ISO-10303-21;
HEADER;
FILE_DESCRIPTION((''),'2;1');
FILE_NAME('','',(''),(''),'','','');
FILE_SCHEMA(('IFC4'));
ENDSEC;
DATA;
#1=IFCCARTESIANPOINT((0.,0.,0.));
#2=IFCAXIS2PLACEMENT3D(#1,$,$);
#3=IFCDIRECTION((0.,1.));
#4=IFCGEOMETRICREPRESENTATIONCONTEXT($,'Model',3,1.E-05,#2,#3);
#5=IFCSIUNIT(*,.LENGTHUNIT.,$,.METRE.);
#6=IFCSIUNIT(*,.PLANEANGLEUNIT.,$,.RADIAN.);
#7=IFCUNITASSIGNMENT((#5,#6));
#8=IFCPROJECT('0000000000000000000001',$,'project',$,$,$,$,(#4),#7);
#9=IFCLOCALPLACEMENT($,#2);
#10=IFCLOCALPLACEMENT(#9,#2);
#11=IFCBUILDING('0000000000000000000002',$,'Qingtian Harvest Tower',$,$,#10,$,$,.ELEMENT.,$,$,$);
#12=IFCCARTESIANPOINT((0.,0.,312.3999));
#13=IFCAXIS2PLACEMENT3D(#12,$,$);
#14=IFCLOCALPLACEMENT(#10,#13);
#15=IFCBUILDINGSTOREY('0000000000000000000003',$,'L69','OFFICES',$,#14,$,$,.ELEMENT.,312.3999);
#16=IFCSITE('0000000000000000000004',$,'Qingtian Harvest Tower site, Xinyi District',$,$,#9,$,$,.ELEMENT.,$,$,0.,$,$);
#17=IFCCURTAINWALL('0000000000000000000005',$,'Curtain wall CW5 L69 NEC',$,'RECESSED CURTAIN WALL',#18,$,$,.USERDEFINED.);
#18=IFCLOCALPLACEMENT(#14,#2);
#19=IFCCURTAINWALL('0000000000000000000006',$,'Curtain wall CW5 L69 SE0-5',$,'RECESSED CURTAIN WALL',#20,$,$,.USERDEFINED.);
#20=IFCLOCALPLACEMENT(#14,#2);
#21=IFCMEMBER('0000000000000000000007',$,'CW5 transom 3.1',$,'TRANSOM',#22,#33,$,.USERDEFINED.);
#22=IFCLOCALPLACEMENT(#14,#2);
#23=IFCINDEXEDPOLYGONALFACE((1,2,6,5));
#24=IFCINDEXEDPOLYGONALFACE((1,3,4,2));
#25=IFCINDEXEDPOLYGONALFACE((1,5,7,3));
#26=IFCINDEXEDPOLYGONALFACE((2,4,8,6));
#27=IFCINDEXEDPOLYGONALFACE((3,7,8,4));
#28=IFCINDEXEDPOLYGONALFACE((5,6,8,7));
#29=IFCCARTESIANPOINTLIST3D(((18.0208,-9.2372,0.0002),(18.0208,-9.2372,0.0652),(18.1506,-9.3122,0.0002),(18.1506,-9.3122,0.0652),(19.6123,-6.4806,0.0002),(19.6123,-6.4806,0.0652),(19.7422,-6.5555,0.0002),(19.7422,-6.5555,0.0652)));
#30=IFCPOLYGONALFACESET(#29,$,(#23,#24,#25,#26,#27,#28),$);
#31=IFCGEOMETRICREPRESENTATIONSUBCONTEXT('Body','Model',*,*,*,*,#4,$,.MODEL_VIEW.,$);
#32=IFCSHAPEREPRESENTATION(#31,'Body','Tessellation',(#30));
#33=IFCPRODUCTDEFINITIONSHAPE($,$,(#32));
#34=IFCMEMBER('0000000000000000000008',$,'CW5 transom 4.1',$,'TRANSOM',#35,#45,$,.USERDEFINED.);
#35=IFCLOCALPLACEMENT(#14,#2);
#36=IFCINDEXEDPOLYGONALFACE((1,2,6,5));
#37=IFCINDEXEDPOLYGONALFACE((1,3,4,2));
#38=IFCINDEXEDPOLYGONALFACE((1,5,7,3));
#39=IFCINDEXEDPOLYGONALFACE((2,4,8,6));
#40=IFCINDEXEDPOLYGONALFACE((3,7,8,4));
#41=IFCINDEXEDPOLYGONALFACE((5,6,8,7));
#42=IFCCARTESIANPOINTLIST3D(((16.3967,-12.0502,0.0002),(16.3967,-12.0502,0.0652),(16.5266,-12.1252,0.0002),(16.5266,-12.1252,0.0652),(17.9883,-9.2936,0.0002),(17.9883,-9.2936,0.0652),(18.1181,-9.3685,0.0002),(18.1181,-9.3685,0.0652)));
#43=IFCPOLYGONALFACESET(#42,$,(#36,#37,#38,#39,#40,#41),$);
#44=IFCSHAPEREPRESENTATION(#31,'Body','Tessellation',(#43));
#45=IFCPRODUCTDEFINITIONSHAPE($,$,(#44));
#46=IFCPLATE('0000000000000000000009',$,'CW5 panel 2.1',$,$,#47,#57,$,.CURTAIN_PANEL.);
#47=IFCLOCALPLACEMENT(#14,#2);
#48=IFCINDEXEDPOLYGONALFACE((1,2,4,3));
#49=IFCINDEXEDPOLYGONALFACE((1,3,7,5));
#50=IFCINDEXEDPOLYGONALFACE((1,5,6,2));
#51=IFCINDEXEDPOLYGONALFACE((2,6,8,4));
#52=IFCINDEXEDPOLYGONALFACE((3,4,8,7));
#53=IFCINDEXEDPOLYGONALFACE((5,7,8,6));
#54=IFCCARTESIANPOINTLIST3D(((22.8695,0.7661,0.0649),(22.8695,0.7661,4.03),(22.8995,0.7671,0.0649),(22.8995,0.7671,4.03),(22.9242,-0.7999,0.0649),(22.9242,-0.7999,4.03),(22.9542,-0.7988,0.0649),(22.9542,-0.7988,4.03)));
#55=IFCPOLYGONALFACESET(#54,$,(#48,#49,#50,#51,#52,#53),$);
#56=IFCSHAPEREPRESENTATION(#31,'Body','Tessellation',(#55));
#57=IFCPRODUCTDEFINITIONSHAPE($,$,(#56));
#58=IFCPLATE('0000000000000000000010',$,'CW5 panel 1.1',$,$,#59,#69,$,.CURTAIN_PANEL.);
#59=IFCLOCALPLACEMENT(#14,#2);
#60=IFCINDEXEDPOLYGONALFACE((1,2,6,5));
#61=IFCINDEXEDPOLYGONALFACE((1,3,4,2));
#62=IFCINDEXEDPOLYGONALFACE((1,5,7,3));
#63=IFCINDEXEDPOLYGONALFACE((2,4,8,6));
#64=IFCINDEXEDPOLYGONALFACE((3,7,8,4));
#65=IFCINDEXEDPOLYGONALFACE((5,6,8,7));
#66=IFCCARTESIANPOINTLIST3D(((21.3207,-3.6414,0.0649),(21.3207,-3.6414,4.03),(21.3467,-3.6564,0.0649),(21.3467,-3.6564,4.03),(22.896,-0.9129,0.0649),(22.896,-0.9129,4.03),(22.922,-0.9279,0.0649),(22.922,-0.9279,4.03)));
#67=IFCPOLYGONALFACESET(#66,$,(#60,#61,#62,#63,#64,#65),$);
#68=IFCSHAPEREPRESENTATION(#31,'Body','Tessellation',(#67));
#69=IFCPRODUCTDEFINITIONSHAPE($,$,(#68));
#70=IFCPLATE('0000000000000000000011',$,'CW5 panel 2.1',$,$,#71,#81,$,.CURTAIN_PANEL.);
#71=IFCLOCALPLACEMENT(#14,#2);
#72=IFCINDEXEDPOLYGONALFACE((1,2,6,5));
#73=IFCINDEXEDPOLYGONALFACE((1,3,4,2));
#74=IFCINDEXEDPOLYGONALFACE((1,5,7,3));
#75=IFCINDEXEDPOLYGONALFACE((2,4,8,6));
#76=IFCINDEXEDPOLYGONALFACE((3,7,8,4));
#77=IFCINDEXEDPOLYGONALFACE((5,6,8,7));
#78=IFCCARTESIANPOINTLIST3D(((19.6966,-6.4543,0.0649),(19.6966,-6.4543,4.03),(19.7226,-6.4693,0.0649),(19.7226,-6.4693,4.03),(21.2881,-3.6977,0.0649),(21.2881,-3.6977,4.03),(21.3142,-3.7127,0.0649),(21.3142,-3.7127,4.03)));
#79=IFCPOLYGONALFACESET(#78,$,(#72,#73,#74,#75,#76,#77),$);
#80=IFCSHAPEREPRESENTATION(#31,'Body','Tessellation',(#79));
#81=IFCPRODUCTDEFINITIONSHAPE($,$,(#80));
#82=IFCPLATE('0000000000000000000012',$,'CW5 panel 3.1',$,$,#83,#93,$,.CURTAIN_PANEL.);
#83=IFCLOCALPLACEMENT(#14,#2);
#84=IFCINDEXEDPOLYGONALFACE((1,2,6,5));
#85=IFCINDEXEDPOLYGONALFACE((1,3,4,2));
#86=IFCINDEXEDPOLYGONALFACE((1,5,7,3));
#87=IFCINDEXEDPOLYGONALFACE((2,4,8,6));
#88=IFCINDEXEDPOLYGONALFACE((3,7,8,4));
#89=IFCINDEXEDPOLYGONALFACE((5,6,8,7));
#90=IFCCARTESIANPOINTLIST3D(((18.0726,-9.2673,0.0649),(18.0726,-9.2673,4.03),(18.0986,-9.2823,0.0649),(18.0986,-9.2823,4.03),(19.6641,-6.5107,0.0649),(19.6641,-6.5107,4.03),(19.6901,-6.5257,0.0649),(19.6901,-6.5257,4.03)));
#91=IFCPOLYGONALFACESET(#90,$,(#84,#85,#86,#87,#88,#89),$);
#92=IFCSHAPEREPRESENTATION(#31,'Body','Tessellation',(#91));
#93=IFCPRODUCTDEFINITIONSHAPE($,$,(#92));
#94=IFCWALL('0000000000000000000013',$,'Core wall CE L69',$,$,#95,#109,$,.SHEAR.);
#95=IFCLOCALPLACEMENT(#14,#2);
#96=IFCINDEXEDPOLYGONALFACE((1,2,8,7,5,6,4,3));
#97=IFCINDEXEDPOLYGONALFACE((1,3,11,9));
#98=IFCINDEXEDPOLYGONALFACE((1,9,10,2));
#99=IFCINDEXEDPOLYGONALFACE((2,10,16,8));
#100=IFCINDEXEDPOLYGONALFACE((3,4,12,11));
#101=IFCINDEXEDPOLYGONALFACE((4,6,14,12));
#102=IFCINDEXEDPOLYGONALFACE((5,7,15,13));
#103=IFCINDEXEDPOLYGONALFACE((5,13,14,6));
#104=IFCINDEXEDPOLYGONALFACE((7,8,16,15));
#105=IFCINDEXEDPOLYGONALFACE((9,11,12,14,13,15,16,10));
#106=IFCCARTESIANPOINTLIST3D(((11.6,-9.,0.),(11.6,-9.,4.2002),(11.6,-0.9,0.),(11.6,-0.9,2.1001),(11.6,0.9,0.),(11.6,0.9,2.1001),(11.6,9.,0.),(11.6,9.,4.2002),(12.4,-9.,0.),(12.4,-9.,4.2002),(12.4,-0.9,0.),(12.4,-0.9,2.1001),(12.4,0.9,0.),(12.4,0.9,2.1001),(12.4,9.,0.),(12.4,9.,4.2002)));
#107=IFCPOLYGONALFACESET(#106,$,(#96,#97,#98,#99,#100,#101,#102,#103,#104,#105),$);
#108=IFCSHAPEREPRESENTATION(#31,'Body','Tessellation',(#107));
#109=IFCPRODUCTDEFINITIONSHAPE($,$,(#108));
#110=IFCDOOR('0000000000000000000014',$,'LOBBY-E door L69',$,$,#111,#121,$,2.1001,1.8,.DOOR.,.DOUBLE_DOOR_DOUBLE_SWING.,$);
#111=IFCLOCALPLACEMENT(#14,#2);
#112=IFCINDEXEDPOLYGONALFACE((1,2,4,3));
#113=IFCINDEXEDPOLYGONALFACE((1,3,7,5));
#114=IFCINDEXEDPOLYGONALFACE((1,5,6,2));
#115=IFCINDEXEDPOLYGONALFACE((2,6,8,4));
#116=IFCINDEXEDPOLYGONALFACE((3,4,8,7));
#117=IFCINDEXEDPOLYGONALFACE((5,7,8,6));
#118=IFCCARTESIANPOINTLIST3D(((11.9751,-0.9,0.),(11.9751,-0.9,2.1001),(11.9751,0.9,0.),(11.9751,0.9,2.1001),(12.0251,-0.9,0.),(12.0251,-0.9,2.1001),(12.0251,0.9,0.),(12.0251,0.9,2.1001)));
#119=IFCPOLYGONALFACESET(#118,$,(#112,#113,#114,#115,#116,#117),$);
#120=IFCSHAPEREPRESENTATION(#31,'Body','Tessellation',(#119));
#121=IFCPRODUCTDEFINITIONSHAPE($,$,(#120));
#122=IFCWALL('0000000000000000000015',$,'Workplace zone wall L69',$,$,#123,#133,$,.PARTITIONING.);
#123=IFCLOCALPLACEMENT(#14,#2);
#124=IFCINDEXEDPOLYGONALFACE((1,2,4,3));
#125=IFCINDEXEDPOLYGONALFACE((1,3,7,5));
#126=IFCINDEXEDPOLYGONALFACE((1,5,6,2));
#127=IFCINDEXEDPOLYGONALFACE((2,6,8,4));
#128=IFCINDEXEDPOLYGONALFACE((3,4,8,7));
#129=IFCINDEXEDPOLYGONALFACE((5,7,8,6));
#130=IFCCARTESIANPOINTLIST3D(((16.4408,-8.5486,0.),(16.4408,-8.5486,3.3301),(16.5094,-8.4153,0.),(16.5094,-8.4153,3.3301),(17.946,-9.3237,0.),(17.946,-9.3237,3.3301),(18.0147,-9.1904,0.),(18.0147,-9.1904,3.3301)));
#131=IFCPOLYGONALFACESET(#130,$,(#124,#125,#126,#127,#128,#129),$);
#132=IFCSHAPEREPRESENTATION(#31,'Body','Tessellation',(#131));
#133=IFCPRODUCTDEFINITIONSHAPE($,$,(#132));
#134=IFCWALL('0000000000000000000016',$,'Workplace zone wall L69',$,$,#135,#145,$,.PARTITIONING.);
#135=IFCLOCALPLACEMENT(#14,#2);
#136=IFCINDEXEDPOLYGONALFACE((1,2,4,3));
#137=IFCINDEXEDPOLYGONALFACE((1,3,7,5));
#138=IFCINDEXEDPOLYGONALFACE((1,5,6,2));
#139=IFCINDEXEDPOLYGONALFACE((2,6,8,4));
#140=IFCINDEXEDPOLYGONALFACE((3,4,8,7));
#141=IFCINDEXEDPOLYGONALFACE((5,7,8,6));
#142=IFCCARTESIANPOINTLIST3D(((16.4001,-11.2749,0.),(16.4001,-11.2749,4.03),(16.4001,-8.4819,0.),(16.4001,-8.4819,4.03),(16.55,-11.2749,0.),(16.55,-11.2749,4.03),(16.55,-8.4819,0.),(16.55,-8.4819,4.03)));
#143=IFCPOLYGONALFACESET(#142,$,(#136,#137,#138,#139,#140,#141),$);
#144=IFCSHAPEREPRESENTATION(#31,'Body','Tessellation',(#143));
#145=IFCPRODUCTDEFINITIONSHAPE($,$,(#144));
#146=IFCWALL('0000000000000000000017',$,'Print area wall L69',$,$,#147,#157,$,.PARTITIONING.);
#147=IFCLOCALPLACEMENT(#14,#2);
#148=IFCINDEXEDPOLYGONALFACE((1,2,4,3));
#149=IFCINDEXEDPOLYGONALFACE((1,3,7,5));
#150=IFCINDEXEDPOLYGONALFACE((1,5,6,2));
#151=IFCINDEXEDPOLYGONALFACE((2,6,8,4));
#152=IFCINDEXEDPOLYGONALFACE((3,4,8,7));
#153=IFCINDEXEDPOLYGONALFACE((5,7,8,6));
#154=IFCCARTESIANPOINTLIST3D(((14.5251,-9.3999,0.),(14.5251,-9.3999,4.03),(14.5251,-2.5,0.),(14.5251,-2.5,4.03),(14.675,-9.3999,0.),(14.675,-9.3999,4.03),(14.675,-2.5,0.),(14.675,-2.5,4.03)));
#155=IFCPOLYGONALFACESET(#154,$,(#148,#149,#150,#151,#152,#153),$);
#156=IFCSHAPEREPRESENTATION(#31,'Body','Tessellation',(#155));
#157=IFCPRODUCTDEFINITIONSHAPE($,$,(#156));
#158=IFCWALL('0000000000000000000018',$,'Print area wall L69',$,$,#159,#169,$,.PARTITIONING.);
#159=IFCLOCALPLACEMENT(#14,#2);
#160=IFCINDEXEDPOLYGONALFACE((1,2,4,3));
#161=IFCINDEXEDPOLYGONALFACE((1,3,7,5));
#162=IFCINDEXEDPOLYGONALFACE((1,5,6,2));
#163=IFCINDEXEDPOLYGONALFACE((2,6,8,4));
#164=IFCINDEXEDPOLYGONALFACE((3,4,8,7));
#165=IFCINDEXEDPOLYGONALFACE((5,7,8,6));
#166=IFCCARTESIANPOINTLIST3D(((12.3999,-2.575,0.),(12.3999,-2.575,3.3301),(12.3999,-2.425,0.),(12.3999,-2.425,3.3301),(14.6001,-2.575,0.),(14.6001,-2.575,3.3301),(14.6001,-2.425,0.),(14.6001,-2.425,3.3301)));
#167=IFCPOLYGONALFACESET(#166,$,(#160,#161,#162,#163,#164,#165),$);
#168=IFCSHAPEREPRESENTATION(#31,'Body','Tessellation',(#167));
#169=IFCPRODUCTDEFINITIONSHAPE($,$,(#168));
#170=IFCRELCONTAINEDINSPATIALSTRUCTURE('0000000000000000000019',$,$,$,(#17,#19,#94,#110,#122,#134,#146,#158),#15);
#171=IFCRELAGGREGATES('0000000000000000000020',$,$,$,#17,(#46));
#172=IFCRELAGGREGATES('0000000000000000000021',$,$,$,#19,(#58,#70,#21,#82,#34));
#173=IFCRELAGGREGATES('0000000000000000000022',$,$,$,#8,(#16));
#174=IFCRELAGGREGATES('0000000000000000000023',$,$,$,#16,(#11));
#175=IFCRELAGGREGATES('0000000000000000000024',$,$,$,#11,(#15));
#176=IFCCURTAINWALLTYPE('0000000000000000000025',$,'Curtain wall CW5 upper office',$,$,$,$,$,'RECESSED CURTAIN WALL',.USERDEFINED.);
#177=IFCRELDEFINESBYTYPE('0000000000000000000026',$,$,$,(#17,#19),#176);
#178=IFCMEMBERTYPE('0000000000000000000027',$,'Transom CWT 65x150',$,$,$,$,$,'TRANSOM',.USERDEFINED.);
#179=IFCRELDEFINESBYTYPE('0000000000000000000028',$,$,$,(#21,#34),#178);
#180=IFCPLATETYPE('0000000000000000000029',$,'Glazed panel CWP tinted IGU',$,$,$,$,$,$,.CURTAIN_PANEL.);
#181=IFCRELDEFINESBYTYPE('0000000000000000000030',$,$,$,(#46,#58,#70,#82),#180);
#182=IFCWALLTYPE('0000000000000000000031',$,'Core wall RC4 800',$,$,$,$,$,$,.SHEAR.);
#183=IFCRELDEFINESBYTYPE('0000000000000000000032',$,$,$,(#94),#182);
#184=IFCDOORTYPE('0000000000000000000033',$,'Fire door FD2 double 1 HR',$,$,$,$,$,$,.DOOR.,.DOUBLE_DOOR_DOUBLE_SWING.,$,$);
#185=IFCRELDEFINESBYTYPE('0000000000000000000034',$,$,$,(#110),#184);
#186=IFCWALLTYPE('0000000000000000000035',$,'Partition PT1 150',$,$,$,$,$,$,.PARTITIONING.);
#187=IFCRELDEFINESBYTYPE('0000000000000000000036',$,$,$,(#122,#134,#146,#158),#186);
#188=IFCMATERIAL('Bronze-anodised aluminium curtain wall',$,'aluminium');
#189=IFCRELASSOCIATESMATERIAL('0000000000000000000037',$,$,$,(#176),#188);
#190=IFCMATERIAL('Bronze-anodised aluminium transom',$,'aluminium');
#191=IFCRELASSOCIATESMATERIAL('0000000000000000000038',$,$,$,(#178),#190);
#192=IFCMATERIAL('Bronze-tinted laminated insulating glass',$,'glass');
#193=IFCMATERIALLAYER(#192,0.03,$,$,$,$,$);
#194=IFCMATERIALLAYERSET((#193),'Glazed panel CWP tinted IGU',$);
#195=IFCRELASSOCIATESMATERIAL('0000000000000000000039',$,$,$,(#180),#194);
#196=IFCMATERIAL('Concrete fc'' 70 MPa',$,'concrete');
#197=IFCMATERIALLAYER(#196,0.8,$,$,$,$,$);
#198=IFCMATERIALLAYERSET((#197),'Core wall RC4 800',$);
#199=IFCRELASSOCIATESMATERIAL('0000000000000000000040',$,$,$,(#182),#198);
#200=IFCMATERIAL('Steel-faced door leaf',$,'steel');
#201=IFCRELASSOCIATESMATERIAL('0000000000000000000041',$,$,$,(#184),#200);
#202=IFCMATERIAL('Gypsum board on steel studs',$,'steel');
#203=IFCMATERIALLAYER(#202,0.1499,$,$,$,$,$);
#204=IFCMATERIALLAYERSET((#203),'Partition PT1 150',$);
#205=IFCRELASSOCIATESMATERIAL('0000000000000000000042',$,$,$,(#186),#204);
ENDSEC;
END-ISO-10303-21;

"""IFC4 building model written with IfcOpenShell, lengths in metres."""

from ifc_helpers import new_model, si_unit, direction, frame, frame_2d, origin, origin_2d, place, context, subcontext, project, spatial, rectangle, extrude, material, layer, layer_set, material_profile, profile_set, type_object, element, fill, aggregate, save


model = new_model("IFC4")

# Units and contexts
model_context = context("Model", 3, precision=1e-05, world=origin(), true_north=direction((0.0, 1.0)))
body_context = subcontext(model_context, "Body", "Model", "MODEL_VIEW")
ifc_project = project(units=[si_unit("LENGTHUNIT", "METRE"), si_unit("PLANEANGLEUNIT", "RADIAN")], contexts=[model_context])

# Site, building, storey
site_placement = place(None, origin())
site = spatial("IfcSite", under=ifc_project, at=site_placement, Name="Qingtian Harvest Tower site, Xinyi District", CompositionType="ELEMENT", RefElevation=0.0)
building_placement = place(site_placement, origin())
building = spatial("IfcBuilding", under=site, at=building_placement, Name="Qingtian Harvest Tower", CompositionType="ELEMENT")
storey_placement = place(building_placement, frame((0.0, 0.0, 312.3999)))
storey = spatial("IfcBuildingStorey", under=building, at=storey_placement, Name="L69", Description="OFFICES", CompositionType="ELEMENT", Elevation=312.3999)

# Curtain wall
ifc_material_1 = material(Name="Bronze-anodised aluminium curtain wall", Category="aluminium")
curtain_wall_type = type_object("IfcCurtainWallType", Name="Curtain wall CW5 upper office", ElementType="RECESSED CURTAIN WALL", PredefinedType="USERDEFINED", material=ifc_material_1)
curtain_wall_1_placement = place(storey_placement, origin())
curtain_wall_1 = element("IfcCurtainWall", 1, at=curtain_wall_1_placement, inside=storey, type_object=curtain_wall_type, Name="Curtain wall CW5 L69 NEC", ObjectType="RECESSED CURTAIN WALL", PredefinedType="USERDEFINED")

# Curtain wall
curtain_wall_2_placement = place(storey_placement, origin())
curtain_wall_2 = element("IfcCurtainWall", 2, at=curtain_wall_2_placement, inside=storey, type_object=curtain_wall_type, Name="Curtain wall CW5 L69 SE0-5", ObjectType="RECESSED CURTAIN WALL", PredefinedType="USERDEFINED")

# Members
ifc_material_2 = material(Name="Bronze-anodised aluminium transom", Category="aluminium")
ifc_material_profile_1 = material_profile(ifc_material_2, rectangle(XDim=0.1499, YDim=0.0649, at=origin_2d()), Name="AL 65x150")
ifc_profile_set_1 = profile_set([ifc_material_profile_1], Name="Bronze-anodised aluminium transom")
member_type_1 = type_object("IfcMemberType", Name="Transom CWT 65x150", ElementType="TRANSOM", PredefinedType="USERDEFINED", material=ifc_profile_set_1)
member_1_placement = place(storey_placement, frame((19.6772, -6.5181, 0.0327), z_axis=(-0.500008, -0.866021, 0.0), x_axis=(0.866021, -0.500008, 0.0)))
member_1 = element("IfcMember", 3, at=member_1_placement, type_object=member_type_1, Name="CW5 transom 3.1", ObjectType="TRANSOM", PredefinedType="USERDEFINED", context=body_context, shape_type="SweptSolid", body=[
    extrude(rectangle(XDim=0.1499, YDim=0.0649, at=origin_2d()), origin(), (0.0, 0.0, 1.0), 3.1831),
])
member_2_placement = place(storey_placement, frame((18.0532, -9.3311, 0.0327), z_axis=(-0.500008, -0.866021, 0.0), x_axis=(0.866021, -0.500008, 0.0)))
member_2 = element("IfcMember", 4, at=member_2_placement, type_object=member_type_1, Name="CW5 transom 4.1", ObjectType="TRANSOM", PredefinedType="USERDEFINED", context=body_context, shape_type="SweptSolid", body=[
    extrude(rectangle(XDim=0.1499, YDim=0.0649, at=origin_2d()), origin(), (0.0, 0.0, 1.0), 3.1831),
])

# Plates
ifc_material_3 = material(Name="Bronze-tinted laminated insulating glass", Category="glass")
ifc_layer_1 = layer(ifc_material_3, 0.03)
ifc_layer_set_1 = layer_set([ifc_layer_1], Name="Glazed panel CWP tinted IGU")
plate_type = type_object("IfcPlateType", Name="Glazed panel CWP tinted IGU", PredefinedType="CURTAIN_PANEL", material=ifc_layer_set_1)
plate_1_placement = place(storey_placement, frame((22.9119, -0.0164, 0.0649), z_axis=(0.0, 0.0, 1.0), x_axis=(0.034899, -0.999391, 0.0)))
plate_1 = element("IfcPlate", 5, at=plate_1_placement, type_object=plate_type, Name="CW5 panel 2.1", PredefinedType="CURTAIN_PANEL", context=body_context, shape_type="SweptSolid", body=[
    extrude(rectangle(XDim=1.5669, YDim=0.03, at=origin_2d()), origin(), (0.0, 0.0, 1.0), 3.9651),
])
aggregate(curtain_wall_1, [plate_1])
plate_2_placement = place(storey_placement, frame((22.1213, -2.2847, 0.0649), z_axis=(0.0, 0.0, 1.0), x_axis=(-0.5, -0.866025, 0.0)))
plate_2 = element("IfcPlate", 6, at=plate_2_placement, type_object=plate_type, Name="CW5 panel 1.1", PredefinedType="CURTAIN_PANEL", context=body_context, shape_type="SweptSolid", body=[
    extrude(rectangle(XDim=3.1506, YDim=0.03, at=origin_2d()), origin(), (0.0, 0.0, 1.0), 3.9651),
])
plate_3_placement = place(storey_placement, frame((20.5054, -5.0835, 0.0649), z_axis=(0.0, 0.0, 1.0), x_axis=(-0.5, -0.866025, 0.0)))
plate_3 = element("IfcPlate", 7, at=plate_3_placement, type_object=plate_type, Name="CW5 panel 2.1", PredefinedType="CURTAIN_PANEL", context=body_context, shape_type="SweptSolid", body=[
    extrude(rectangle(XDim=3.1831, YDim=0.03, at=origin_2d()), origin(), (0.0, 0.0, 1.0), 3.9651),
])
plate_4_placement = place(storey_placement, frame((18.8813, -7.8965, 0.0649), z_axis=(0.0, 0.0, 1.0), x_axis=(-0.5, -0.866025, 0.0)))
plate_4 = element("IfcPlate", 8, at=plate_4_placement, type_object=plate_type, Name="CW5 panel 3.1", PredefinedType="CURTAIN_PANEL", context=body_context, shape_type="SweptSolid", body=[
    extrude(rectangle(XDim=3.1831, YDim=0.03, at=origin_2d()), origin(), (0.0, 0.0, 1.0), 3.9651),
])
aggregate(curtain_wall_2, [plate_2, plate_3, member_1, plate_4, member_2])

# Wall, opening, door
ifc_material_4 = material(Name="Concrete fc' 70 MPa", Category="concrete")
ifc_layer_2 = layer(ifc_material_4, 0.8)
ifc_layer_set_2 = layer_set([ifc_layer_2], Name="Core wall RC4 800")
wall_type_1 = type_object("IfcWallType", Name="Core wall RC4 800", PredefinedType="SHEAR", material=ifc_layer_set_2)
wall_1_placement = place(storey_placement, frame((12.0, -9.0, 0.0), z_axis=(0.0, 0.0, 1.0), x_axis=(0.0, 1.0, 0.0)))
wall_1 = element("IfcWall", 9, at=wall_1_placement, inside=storey, type_object=wall_type_1, Name="Core wall CE L69", PredefinedType="SHEAR", context=body_context, shape_type="SweptSolid", body=[
    extrude(rectangle(XDim=18.0, YDim=0.8, at=frame_2d((9.0, 0.0))), origin(), (0.0, 0.0, 1.0), 4.2002),
])
opening_placement = place(wall_1_placement, frame((8.1001, 0.0, 0.0)))
opening = element("IfcOpeningElement", 10, at=opening_placement, cuts=wall_1, PredefinedType="OPENING", context=body_context, shape_type="SweptSolid", body=[
    extrude(rectangle(XDim=1.8, YDim=2.1001, at=frame_2d((0.8999, 1.05))), frame((0.0, 0.4099, 0.0), z_axis=(0.0, -1.0, 0.0), x_axis=(1.0, 0.0, 0.0)), (0.0, 0.0, 1.0), 0.8201),
])
ifc_material_5 = material(Name="Steel-faced door leaf", Category="steel")
door_type = type_object("IfcDoorType", Name="Fire door FD2 double 1 HR", OperationType="DOUBLE_DOOR_DOUBLE_SWING", PredefinedType="DOOR", material=ifc_material_5)
door_placement = place(opening_placement, origin())
door = element("IfcDoor", 11, at=door_placement, inside=storey, type_object=door_type, Name="LOBBY-E door L69", OperationType="DOUBLE_DOOR_DOUBLE_SWING", OverallHeight=2.1001, OverallWidth=1.8, PredefinedType="DOOR", context=body_context, shape_type="SweptSolid", body=[
    extrude(rectangle(XDim=1.8, YDim=2.1001, at=frame_2d((0.8999, 1.05))), frame((0.0, 0.0249, 0.0), z_axis=(0.0, -1.0, 0.0), x_axis=(1.0, 0.0, 0.0)), (0.0, 0.0, 1.0), 0.05),
])
fill(opening, door)

# Walls
ifc_material_6 = material(Name="Gypsum board on steel studs", Category="steel")
ifc_layer_3 = layer(ifc_material_6, 0.1499)
ifc_layer_set_3 = layer_set([ifc_layer_3], Name="Partition PT1 150")
wall_type_2 = type_object("IfcWallType", Name="Partition PT1 150", PredefinedType="PARTITIONING", material=ifc_layer_set_3)
wall_2_placement = place(storey_placement, frame((17.9805, -9.2571, 0.0), z_axis=(0.0, 0.0, 1.0), x_axis=(-0.889058, 0.457794, 0.0)))
element("IfcWall", 12, at=wall_2_placement, inside=storey, type_object=wall_type_2, Name="Workplace zone wall L69", PredefinedType="PARTITIONING", context=body_context, shape_type="SweptSolid", body=[
    extrude(rectangle(XDim=1.6931, YDim=0.1499, at=frame_2d((0.8467, 0.0))), origin(), (0.0, 0.0, 1.0), 3.3301),
])
wall_3_placement = place(storey_placement, frame((16.4751, -8.4819, 0.0), z_axis=(0.0, 0.0, 1.0), x_axis=(0.0, -1.0, 0.0)))
element("IfcWall", 13, at=wall_3_placement, inside=storey, type_object=wall_type_2, Name="Workplace zone wall L69", PredefinedType="PARTITIONING", context=body_context, shape_type="SweptSolid", body=[
    extrude(rectangle(XDim=2.793, YDim=0.1499, at=frame_2d((1.3965, 0.0))), origin(), (0.0, 0.0, 1.0), 4.03),
])
wall_4_placement = place(storey_placement, frame((14.6001, -9.3999, 0.0), z_axis=(0.0, 0.0, 1.0), x_axis=(0.0, 1.0, 0.0)))
element("IfcWall", 14, at=wall_4_placement, inside=storey, type_object=wall_type_2, Name="Print area wall L69", PredefinedType="PARTITIONING", context=body_context, shape_type="SweptSolid", body=[
    extrude(rectangle(XDim=6.8999, YDim=0.1499, at=frame_2d((3.45, 0.0))), origin(), (0.0, 0.0, 1.0), 4.03),
])
wall_5_placement = place(storey_placement, frame((12.3999, -2.5, 0.0), z_axis=(0.0, 0.0, 1.0), x_axis=(1.0, 0.0, 0.0)))
element("IfcWall", 15, at=wall_5_placement, inside=storey, type_object=wall_type_2, Name="Print area wall L69", PredefinedType="PARTITIONING", context=body_context, shape_type="SweptSolid", body=[
    extrude(rectangle(XDim=2.2002, YDim=0.1499, at=frame_2d((1.1001, 0.0))), origin(), (0.0, 0.0, 1.0), 3.3301),
])

save(model, "model.ifc")
